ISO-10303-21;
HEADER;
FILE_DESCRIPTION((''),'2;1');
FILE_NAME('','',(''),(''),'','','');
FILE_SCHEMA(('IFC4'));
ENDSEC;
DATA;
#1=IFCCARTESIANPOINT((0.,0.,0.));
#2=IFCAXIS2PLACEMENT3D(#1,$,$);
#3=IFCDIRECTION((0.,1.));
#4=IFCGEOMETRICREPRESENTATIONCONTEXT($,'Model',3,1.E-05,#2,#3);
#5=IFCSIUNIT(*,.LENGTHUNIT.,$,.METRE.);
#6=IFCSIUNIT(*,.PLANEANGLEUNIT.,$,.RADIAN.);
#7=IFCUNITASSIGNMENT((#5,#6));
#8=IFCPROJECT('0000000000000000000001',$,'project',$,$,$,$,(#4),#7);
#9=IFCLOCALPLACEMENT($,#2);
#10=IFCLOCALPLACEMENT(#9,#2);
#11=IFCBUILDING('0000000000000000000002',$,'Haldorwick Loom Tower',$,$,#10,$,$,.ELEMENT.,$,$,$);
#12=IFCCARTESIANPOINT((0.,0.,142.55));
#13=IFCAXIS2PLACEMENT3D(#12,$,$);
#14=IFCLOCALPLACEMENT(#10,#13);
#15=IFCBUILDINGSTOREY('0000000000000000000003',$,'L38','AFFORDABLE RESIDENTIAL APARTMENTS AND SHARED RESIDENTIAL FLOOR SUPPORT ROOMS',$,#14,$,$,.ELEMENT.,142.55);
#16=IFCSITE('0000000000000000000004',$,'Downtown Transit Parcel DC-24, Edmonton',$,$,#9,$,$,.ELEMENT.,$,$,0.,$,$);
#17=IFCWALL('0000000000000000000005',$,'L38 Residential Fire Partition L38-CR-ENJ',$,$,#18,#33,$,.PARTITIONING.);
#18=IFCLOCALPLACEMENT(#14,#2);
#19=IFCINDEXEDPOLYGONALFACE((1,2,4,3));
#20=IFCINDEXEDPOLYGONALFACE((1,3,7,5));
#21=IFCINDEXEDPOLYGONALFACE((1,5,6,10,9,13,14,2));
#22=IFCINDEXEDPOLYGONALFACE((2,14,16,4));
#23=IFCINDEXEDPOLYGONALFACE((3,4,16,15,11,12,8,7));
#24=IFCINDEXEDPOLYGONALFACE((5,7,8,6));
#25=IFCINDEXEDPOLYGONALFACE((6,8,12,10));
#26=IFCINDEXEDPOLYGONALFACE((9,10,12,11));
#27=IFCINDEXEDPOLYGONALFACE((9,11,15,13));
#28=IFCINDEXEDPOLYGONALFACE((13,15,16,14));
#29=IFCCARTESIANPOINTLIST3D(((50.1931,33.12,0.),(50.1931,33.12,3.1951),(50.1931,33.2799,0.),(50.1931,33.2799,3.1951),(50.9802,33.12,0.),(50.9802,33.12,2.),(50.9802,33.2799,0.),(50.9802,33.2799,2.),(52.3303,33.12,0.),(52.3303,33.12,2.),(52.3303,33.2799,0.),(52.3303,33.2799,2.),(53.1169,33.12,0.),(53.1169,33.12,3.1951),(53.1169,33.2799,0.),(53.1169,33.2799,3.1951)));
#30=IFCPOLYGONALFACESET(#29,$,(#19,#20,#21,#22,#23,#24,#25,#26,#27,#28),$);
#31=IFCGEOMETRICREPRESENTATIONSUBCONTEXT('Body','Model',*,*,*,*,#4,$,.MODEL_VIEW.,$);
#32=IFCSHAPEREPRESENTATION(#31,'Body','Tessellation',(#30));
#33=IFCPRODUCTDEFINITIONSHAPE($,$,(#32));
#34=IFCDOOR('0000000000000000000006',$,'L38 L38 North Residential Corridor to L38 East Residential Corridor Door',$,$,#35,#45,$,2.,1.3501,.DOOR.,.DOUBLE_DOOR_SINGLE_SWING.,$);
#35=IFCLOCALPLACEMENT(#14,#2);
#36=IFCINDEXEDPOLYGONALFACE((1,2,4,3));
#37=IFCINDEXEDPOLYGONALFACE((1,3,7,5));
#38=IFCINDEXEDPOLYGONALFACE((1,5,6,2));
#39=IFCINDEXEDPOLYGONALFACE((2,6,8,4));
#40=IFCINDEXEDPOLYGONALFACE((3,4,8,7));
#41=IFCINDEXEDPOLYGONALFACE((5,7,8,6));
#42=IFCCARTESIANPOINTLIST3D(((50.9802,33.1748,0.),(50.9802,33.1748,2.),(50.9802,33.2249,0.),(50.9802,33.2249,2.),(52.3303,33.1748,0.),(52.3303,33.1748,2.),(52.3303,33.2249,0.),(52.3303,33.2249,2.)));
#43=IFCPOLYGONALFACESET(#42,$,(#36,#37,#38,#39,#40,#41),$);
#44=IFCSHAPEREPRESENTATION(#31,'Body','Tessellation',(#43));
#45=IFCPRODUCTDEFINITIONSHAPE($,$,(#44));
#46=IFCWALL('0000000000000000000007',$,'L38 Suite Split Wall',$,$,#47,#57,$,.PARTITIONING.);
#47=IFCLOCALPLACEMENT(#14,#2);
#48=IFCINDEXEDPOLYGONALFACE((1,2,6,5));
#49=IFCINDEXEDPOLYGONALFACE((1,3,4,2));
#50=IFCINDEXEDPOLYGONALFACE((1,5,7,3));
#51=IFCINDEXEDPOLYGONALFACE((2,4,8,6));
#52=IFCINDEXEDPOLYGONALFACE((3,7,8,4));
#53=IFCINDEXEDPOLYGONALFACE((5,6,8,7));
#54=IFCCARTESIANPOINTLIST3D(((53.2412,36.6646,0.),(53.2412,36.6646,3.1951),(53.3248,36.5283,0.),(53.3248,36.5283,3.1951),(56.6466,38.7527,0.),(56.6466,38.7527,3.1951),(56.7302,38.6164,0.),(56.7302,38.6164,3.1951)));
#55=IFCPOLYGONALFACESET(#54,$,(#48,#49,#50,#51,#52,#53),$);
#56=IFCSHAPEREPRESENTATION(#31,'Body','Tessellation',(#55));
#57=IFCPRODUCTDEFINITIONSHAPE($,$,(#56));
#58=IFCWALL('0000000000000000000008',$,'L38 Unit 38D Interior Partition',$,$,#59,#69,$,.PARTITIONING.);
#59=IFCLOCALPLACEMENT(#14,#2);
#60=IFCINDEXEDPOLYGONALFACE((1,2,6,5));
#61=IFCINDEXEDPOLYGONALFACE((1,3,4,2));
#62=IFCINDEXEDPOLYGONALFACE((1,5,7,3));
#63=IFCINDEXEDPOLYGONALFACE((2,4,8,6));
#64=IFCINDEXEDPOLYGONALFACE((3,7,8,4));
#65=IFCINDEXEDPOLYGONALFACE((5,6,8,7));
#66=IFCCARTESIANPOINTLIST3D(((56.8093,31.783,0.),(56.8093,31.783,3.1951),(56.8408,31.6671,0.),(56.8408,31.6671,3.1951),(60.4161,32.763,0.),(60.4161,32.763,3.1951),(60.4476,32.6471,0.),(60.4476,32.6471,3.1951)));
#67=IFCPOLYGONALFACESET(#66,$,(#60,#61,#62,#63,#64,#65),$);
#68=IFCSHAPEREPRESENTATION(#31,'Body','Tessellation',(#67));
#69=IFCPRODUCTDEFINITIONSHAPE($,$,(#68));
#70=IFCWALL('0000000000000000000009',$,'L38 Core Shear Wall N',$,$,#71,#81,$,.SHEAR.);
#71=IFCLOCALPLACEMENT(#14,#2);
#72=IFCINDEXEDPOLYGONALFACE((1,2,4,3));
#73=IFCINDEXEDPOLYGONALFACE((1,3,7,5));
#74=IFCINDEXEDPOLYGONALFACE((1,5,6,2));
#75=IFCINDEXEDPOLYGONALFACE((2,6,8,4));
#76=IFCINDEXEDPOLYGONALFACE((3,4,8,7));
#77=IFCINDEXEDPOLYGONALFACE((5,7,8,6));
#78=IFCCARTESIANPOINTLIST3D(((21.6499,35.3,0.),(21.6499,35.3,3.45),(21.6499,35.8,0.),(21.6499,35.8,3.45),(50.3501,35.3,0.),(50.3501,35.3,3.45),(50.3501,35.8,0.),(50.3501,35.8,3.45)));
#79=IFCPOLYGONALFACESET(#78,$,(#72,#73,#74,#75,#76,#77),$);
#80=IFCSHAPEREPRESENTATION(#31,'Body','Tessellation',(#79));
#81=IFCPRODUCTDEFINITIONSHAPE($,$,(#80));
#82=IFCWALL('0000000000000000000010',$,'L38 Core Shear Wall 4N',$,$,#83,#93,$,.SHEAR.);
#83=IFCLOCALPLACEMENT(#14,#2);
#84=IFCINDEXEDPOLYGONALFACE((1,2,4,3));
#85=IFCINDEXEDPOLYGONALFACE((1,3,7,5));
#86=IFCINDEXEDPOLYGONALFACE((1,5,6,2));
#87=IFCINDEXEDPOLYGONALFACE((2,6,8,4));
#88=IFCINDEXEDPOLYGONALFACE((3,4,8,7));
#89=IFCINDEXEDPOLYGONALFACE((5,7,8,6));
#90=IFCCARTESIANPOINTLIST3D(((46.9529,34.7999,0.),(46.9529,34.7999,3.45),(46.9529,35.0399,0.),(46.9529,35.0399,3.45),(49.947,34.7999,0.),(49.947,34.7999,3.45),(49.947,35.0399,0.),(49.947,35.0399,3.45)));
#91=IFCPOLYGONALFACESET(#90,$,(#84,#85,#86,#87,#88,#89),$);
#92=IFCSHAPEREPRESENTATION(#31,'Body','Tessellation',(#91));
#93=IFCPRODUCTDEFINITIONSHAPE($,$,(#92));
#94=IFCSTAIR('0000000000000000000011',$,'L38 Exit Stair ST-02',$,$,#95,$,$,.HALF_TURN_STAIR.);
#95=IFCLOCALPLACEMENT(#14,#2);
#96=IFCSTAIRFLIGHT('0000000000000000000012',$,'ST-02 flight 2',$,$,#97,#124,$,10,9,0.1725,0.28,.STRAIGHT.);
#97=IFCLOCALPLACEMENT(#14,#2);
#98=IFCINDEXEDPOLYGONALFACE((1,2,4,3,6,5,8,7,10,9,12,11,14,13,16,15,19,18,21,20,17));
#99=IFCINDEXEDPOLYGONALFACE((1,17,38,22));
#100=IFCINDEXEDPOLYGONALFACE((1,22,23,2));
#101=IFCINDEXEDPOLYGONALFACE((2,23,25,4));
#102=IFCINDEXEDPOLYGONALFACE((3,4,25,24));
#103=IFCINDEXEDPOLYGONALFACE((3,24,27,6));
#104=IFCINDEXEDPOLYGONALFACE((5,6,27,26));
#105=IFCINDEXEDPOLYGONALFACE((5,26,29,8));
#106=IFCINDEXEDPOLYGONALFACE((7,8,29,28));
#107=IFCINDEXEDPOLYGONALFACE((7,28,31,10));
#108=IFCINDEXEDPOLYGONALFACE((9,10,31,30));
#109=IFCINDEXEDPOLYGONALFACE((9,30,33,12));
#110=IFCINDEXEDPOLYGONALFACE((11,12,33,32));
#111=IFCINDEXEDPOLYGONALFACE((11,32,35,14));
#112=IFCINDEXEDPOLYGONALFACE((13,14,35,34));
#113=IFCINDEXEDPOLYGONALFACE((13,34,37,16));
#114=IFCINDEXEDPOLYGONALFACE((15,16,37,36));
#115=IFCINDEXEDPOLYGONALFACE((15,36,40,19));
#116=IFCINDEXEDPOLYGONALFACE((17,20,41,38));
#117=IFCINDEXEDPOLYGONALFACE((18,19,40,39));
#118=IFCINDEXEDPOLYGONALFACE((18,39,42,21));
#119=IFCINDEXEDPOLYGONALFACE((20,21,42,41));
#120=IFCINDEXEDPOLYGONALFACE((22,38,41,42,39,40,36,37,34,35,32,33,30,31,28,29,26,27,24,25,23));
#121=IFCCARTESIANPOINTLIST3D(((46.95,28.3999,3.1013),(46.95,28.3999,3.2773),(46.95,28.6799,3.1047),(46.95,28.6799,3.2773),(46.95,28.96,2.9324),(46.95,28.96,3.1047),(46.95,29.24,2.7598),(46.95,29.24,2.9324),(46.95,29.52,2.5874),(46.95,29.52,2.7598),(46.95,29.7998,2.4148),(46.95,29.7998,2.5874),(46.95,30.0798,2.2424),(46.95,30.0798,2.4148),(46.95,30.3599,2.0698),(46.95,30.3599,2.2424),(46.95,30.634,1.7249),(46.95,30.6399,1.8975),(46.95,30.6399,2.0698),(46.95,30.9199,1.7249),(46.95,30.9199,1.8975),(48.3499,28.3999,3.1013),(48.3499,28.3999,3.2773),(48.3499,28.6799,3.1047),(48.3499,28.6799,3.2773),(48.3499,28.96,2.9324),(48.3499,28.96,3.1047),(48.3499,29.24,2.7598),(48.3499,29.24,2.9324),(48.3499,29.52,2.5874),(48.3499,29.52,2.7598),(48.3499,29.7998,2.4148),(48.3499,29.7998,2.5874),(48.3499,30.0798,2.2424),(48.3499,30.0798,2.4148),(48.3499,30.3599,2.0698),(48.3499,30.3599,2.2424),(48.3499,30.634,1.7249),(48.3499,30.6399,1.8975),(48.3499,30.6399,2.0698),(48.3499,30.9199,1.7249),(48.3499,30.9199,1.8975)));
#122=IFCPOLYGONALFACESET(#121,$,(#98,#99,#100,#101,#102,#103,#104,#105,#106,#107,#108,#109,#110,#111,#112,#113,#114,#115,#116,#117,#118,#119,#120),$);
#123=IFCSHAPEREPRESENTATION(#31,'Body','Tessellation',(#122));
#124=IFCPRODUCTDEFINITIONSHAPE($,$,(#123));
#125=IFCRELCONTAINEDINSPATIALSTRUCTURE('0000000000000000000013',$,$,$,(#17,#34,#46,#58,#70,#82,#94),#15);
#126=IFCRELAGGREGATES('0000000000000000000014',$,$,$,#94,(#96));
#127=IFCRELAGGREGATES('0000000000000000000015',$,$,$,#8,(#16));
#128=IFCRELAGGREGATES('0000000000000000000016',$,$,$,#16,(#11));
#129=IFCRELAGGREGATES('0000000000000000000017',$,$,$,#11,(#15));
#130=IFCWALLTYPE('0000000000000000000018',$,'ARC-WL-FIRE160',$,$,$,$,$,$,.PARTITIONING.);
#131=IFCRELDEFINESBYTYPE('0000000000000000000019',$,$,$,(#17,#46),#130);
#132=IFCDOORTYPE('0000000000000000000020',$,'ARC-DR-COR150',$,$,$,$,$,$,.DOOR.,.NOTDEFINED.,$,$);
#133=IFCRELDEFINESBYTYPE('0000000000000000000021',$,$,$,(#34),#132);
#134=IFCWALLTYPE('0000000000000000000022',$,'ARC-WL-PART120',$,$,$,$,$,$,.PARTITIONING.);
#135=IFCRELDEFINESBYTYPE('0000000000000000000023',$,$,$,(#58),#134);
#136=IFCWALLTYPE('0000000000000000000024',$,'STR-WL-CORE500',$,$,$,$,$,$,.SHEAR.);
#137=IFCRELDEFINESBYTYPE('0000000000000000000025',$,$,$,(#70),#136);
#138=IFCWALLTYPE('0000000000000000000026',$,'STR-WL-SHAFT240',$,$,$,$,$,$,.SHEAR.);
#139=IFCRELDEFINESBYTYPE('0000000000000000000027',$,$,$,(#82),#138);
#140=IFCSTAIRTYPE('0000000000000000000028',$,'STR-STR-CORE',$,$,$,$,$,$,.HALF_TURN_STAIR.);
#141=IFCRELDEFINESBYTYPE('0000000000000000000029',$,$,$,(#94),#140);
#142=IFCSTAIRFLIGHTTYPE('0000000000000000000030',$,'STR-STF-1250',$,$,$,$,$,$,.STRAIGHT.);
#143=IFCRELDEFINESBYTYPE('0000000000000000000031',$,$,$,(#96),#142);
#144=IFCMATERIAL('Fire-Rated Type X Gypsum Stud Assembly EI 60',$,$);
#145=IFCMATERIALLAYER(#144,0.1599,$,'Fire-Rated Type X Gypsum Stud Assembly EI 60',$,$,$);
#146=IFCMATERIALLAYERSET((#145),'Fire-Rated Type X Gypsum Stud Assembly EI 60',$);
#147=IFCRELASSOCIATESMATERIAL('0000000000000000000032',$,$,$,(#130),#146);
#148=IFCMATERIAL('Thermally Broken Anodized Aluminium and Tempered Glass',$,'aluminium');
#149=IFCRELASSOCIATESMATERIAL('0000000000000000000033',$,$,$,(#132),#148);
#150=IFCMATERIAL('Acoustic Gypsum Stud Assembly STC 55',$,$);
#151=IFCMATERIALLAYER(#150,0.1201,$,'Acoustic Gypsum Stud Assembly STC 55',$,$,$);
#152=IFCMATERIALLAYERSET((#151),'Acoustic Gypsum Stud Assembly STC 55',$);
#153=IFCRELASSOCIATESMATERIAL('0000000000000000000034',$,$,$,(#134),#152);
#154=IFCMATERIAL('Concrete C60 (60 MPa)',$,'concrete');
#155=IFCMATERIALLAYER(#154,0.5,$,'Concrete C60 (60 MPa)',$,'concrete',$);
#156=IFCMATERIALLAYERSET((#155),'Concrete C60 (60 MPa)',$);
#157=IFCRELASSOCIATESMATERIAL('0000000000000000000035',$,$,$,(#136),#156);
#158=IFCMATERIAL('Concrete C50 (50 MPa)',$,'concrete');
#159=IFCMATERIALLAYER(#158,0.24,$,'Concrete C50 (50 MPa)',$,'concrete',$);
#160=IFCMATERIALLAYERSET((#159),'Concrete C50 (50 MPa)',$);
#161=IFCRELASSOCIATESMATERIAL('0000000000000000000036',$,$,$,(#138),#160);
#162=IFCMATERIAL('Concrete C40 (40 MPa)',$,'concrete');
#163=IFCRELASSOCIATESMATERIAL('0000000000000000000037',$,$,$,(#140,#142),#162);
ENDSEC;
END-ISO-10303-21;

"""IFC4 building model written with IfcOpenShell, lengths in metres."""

from ifc_helpers import new_model, si_unit, direction, frame, frame_2d, origin, place, context, subcontext, project, spatial, polyline, rectangle, outline, extrude, material, layer, layer_set, type_object, element, fill, aggregate, save


model = new_model("IFC4")

# Units and contexts
model_context = context("Model", 3, precision=1e-05, world=origin(), true_north=direction((0.0, 1.0)))
body_context = subcontext(model_context, "Body", "Model", "MODEL_VIEW")
ifc_project = project(units=[si_unit("LENGTHUNIT", "METRE"), si_unit("PLANEANGLEUNIT", "RADIAN")], contexts=[model_context])

# Site, building, storey
site_placement = place(None, origin())
site = spatial("IfcSite", under=ifc_project, at=site_placement, Name="Downtown Transit Parcel DC-24, Edmonton", CompositionType="ELEMENT", RefElevation=0.0)
building_placement = place(site_placement, origin())
building = spatial("IfcBuilding", under=site, at=building_placement, Name="Haldorwick Loom Tower", CompositionType="ELEMENT")
storey_placement = place(building_placement, frame((0.0, 0.0, 142.55)))
storey = spatial("IfcBuildingStorey", under=building, at=storey_placement, Name="L38", Description="AFFORDABLE RESIDENTIAL APARTMENTS AND SHARED RESIDENTIAL FLOOR SUPPORT ROOMS", CompositionType="ELEMENT", Elevation=142.55)

# Shared definitions
ifc_material_1 = material(Name="Concrete C60 (60 MPa)", Category="concrete")

# Wall, opening, door
ifc_material_2 = material(Name="Fire-Rated Type X Gypsum Stud Assembly EI 60")
ifc_layer_1 = layer(ifc_material_2, 0.1599, Name="Fire-Rated Type X Gypsum Stud Assembly EI 60")
ifc_layer_set_1 = layer_set([ifc_layer_1], Name="Fire-Rated Type X Gypsum Stud Assembly EI 60")
wall_type_1 = type_object("IfcWallType", Name="ARC-WL-FIRE160", PredefinedType="PARTITIONING", material=ifc_layer_set_1)
wall_1_placement = place(storey_placement, frame((50.1931, 33.2, 0.0), z_axis=(0.0, 0.0, 1.0), x_axis=(1.0, 0.0, 0.0)))
wall_1 = element("IfcWall", 1, at=wall_1_placement, inside=storey, type_object=wall_type_1, Name="L38 Residential Fire Partition L38-CR-ENJ", PredefinedType="PARTITIONING", context=body_context, shape_type="SweptSolid", body=[
    extrude(rectangle(XDim=2.9238, YDim=0.1599, at=frame_2d((1.4619, 0.0))), origin(), (0.0, 0.0, 1.0), 3.1951),
])
opening_1_placement = place(wall_1_placement, frame((0.7871, 0.0, 0.0)))
opening_1 = element("IfcOpeningElement", 2, at=opening_1_placement, cuts=wall_1, PredefinedType="OPENING", context=body_context, shape_type="SweptSolid", body=[
    extrude(rectangle(XDim=1.3501, YDim=2.0, at=frame_2d((0.675, 1.0))), frame((0.0, 0.0898, 0.0), z_axis=(0.0, -1.0, 0.0), x_axis=(1.0, 0.0, 0.0)), (0.0, 0.0, 1.0), 0.1799),
])
ifc_material_3 = material(Name="Thermally Broken Anodized Aluminium and Tempered Glass", Category="aluminium")
door_type = type_object("IfcDoorType", Name="ARC-DR-COR150", OperationType="NOTDEFINED", PredefinedType="DOOR", material=ifc_material_3)
door_placement = place(opening_1_placement, origin())
door = element("IfcDoor", 3, at=door_placement, inside=storey, type_object=door_type, Name="L38 L38 North Residential Corridor to L38 East Residential Corridor Door", OperationType="DOUBLE_DOOR_SINGLE_SWING", OverallHeight=2.0, OverallWidth=1.3501, PredefinedType="DOOR", context=body_context, shape_type="SweptSolid", body=[
    extrude(rectangle(XDim=1.3501, YDim=2.0, at=frame_2d((0.675, 1.0))), frame((0.0, 0.0249, 0.0), z_axis=(0.0, -1.0, 0.0), x_axis=(1.0, 0.0, 0.0)), (0.0, 0.0, 1.0), 0.05),
])
fill(opening_1, door)

# Walls
wall_2_placement = place(storey_placement, frame((53.283, 36.5964, 0.0), z_axis=(0.0, 0.0, 1.0), x_axis=(0.852503, 0.522723, 0.0)))
element("IfcWall", 4, at=wall_2_placement, inside=storey, type_object=wall_type_1, Name="L38 Suite Split Wall", PredefinedType="PARTITIONING", context=body_context, shape_type="SweptSolid", body=[
    extrude(rectangle(XDim=3.9946, YDim=0.1599, at=frame_2d((1.9973, 0.0))), origin(), (0.0, 0.0, 1.0), 3.1951),
])
ifc_material_4 = material(Name="Acoustic Gypsum Stud Assembly STC 55")
ifc_layer_2 = layer(ifc_material_4, 0.1201, Name="Acoustic Gypsum Stud Assembly STC 55")
ifc_layer_set_2 = layer_set([ifc_layer_2], Name="Acoustic Gypsum Stud Assembly STC 55")
wall_type_2 = type_object("IfcWallType", Name="ARC-WL-PART120", PredefinedType="PARTITIONING", material=ifc_layer_set_2)
wall_3_placement = place(storey_placement, frame((56.8252, 31.7251, 0.0), z_axis=(0.0, 0.0, 1.0), x_axis=(0.965012, 0.262205, 0.0)))
element("IfcWall", 5, at=wall_3_placement, inside=storey, type_object=wall_type_2, Name="L38 Unit 38D Interior Partition", PredefinedType="PARTITIONING", context=body_context, shape_type="SweptSolid", body=[
    extrude(rectangle(XDim=3.7375, YDim=0.1201, at=frame_2d((1.8687, 0.0))), origin(), (0.0, 0.0, 1.0), 3.1951),
])
ifc_layer_3 = layer(ifc_material_1, 0.5, Name="Concrete C60 (60 MPa)", Category="concrete")
ifc_layer_set_3 = layer_set([ifc_layer_3], Name="Concrete C60 (60 MPa)")
wall_type_3 = type_object("IfcWallType", Name="STR-WL-CORE500", PredefinedType="SHEAR", material=ifc_layer_set_3)
wall_4_placement = place(storey_placement, frame((50.3501, 35.55, 0.0), z_axis=(0.0, 0.0, 1.0), x_axis=(-1.0, 0.0, 0.0)))
element("IfcWall", 6, at=wall_4_placement, inside=storey, type_object=wall_type_3, Name="L38 Core Shear Wall N", PredefinedType="SHEAR", context=body_context, shape_type="SweptSolid", body=[
    extrude(rectangle(XDim=28.7002, YDim=0.5, at=frame_2d((14.3501, 0.0))), origin(), (0.0, 0.0, 1.0), 3.45),
])
ifc_material_5 = material(Name="Concrete C50 (50 MPa)", Category="concrete")
ifc_layer_4 = layer(ifc_material_5, 0.24, Name="Concrete C50 (50 MPa)", Category="concrete")
ifc_layer_set_4 = layer_set([ifc_layer_4], Name="Concrete C50 (50 MPa)")
wall_type_4 = type_object("IfcWallType", Name="STR-WL-SHAFT240", PredefinedType="SHEAR", material=ifc_layer_set_4)
wall_5_placement = place(storey_placement, frame((46.9529, 34.9199, 0.0), z_axis=(0.0, 0.0, 1.0), x_axis=(1.0, 0.0, 0.0)))
element("IfcWall", 7, at=wall_5_placement, inside=storey, type_object=wall_type_4, Name="L38 Core Shear Wall 4N", PredefinedType="SHEAR", context=body_context, shape_type="SweptSolid", body=[
    extrude(rectangle(XDim=2.9941, YDim=0.24, at=frame_2d((1.4971, 0.0))), origin(), (0.0, 0.0, 1.0), 3.45),
])

# Stair, stair flight
ifc_material_6 = material(Name="Concrete C40 (40 MPa)", Category="concrete")
stair_type = type_object("IfcStairType", Name="STR-STR-CORE", PredefinedType="HALF_TURN_STAIR", material=ifc_material_6)
stair_placement = place(storey_placement, origin())
stair = element("IfcStair", 8, at=stair_placement, inside=storey, type_object=stair_type, Name="L38 Exit Stair ST-02", PredefinedType="HALF_TURN_STAIR")
stair_flight_type = type_object("IfcStairFlightType", Name="STR-STF-1250", PredefinedType="STRAIGHT", material=ifc_material_6)
stair_flight_placement = place(storey_placement, frame((47.6499, 30.9199, 1.7249), z_axis=(0.0, 0.0, 1.0), x_axis=(0.0, -1.0, 0.0)))
stair_flight = element("IfcStairFlight", 9, at=stair_flight_placement, type_object=stair_flight_type, Name="ST-02 flight 2", NumberOfRisers=10, NumberOfTreads=9, PredefinedType="STRAIGHT", RiserHeight=0.1725, TreadLength=0.28, context=body_context, shape_type="SweptSolid", body=[
    extrude(outline(polyline([(0.0, 0.0), (0.0, 0.1726), (0.28, 0.1726), (0.28, 0.345), (0.5601, 0.345), (0.5601, 0.5176), (0.8401, 0.5176), (0.8401, 0.6899), (1.1201, 0.6899), (1.1201, 0.8625), (1.3999, 0.8625), (1.3999, 1.0349), (1.6799, 1.0349), (1.6799, 1.2075), (1.96, 1.2075), (1.96, 1.3799), (2.24, 1.3799), (2.24, 1.5525), (2.52, 1.5525), (2.52, 1.7251), (2.52, 1.3765), (0.2859, 0.0), (0.0, 0.0)])), frame((0.0, 0.7, 0.0), z_axis=(0.0, -1.0, 0.0), x_axis=(1.0, 0.0, 0.0)), (0.0, 0.0, 1.0), 1.3999),
])
aggregate(stair, [stair_flight])

save(model, "model.ifc")
